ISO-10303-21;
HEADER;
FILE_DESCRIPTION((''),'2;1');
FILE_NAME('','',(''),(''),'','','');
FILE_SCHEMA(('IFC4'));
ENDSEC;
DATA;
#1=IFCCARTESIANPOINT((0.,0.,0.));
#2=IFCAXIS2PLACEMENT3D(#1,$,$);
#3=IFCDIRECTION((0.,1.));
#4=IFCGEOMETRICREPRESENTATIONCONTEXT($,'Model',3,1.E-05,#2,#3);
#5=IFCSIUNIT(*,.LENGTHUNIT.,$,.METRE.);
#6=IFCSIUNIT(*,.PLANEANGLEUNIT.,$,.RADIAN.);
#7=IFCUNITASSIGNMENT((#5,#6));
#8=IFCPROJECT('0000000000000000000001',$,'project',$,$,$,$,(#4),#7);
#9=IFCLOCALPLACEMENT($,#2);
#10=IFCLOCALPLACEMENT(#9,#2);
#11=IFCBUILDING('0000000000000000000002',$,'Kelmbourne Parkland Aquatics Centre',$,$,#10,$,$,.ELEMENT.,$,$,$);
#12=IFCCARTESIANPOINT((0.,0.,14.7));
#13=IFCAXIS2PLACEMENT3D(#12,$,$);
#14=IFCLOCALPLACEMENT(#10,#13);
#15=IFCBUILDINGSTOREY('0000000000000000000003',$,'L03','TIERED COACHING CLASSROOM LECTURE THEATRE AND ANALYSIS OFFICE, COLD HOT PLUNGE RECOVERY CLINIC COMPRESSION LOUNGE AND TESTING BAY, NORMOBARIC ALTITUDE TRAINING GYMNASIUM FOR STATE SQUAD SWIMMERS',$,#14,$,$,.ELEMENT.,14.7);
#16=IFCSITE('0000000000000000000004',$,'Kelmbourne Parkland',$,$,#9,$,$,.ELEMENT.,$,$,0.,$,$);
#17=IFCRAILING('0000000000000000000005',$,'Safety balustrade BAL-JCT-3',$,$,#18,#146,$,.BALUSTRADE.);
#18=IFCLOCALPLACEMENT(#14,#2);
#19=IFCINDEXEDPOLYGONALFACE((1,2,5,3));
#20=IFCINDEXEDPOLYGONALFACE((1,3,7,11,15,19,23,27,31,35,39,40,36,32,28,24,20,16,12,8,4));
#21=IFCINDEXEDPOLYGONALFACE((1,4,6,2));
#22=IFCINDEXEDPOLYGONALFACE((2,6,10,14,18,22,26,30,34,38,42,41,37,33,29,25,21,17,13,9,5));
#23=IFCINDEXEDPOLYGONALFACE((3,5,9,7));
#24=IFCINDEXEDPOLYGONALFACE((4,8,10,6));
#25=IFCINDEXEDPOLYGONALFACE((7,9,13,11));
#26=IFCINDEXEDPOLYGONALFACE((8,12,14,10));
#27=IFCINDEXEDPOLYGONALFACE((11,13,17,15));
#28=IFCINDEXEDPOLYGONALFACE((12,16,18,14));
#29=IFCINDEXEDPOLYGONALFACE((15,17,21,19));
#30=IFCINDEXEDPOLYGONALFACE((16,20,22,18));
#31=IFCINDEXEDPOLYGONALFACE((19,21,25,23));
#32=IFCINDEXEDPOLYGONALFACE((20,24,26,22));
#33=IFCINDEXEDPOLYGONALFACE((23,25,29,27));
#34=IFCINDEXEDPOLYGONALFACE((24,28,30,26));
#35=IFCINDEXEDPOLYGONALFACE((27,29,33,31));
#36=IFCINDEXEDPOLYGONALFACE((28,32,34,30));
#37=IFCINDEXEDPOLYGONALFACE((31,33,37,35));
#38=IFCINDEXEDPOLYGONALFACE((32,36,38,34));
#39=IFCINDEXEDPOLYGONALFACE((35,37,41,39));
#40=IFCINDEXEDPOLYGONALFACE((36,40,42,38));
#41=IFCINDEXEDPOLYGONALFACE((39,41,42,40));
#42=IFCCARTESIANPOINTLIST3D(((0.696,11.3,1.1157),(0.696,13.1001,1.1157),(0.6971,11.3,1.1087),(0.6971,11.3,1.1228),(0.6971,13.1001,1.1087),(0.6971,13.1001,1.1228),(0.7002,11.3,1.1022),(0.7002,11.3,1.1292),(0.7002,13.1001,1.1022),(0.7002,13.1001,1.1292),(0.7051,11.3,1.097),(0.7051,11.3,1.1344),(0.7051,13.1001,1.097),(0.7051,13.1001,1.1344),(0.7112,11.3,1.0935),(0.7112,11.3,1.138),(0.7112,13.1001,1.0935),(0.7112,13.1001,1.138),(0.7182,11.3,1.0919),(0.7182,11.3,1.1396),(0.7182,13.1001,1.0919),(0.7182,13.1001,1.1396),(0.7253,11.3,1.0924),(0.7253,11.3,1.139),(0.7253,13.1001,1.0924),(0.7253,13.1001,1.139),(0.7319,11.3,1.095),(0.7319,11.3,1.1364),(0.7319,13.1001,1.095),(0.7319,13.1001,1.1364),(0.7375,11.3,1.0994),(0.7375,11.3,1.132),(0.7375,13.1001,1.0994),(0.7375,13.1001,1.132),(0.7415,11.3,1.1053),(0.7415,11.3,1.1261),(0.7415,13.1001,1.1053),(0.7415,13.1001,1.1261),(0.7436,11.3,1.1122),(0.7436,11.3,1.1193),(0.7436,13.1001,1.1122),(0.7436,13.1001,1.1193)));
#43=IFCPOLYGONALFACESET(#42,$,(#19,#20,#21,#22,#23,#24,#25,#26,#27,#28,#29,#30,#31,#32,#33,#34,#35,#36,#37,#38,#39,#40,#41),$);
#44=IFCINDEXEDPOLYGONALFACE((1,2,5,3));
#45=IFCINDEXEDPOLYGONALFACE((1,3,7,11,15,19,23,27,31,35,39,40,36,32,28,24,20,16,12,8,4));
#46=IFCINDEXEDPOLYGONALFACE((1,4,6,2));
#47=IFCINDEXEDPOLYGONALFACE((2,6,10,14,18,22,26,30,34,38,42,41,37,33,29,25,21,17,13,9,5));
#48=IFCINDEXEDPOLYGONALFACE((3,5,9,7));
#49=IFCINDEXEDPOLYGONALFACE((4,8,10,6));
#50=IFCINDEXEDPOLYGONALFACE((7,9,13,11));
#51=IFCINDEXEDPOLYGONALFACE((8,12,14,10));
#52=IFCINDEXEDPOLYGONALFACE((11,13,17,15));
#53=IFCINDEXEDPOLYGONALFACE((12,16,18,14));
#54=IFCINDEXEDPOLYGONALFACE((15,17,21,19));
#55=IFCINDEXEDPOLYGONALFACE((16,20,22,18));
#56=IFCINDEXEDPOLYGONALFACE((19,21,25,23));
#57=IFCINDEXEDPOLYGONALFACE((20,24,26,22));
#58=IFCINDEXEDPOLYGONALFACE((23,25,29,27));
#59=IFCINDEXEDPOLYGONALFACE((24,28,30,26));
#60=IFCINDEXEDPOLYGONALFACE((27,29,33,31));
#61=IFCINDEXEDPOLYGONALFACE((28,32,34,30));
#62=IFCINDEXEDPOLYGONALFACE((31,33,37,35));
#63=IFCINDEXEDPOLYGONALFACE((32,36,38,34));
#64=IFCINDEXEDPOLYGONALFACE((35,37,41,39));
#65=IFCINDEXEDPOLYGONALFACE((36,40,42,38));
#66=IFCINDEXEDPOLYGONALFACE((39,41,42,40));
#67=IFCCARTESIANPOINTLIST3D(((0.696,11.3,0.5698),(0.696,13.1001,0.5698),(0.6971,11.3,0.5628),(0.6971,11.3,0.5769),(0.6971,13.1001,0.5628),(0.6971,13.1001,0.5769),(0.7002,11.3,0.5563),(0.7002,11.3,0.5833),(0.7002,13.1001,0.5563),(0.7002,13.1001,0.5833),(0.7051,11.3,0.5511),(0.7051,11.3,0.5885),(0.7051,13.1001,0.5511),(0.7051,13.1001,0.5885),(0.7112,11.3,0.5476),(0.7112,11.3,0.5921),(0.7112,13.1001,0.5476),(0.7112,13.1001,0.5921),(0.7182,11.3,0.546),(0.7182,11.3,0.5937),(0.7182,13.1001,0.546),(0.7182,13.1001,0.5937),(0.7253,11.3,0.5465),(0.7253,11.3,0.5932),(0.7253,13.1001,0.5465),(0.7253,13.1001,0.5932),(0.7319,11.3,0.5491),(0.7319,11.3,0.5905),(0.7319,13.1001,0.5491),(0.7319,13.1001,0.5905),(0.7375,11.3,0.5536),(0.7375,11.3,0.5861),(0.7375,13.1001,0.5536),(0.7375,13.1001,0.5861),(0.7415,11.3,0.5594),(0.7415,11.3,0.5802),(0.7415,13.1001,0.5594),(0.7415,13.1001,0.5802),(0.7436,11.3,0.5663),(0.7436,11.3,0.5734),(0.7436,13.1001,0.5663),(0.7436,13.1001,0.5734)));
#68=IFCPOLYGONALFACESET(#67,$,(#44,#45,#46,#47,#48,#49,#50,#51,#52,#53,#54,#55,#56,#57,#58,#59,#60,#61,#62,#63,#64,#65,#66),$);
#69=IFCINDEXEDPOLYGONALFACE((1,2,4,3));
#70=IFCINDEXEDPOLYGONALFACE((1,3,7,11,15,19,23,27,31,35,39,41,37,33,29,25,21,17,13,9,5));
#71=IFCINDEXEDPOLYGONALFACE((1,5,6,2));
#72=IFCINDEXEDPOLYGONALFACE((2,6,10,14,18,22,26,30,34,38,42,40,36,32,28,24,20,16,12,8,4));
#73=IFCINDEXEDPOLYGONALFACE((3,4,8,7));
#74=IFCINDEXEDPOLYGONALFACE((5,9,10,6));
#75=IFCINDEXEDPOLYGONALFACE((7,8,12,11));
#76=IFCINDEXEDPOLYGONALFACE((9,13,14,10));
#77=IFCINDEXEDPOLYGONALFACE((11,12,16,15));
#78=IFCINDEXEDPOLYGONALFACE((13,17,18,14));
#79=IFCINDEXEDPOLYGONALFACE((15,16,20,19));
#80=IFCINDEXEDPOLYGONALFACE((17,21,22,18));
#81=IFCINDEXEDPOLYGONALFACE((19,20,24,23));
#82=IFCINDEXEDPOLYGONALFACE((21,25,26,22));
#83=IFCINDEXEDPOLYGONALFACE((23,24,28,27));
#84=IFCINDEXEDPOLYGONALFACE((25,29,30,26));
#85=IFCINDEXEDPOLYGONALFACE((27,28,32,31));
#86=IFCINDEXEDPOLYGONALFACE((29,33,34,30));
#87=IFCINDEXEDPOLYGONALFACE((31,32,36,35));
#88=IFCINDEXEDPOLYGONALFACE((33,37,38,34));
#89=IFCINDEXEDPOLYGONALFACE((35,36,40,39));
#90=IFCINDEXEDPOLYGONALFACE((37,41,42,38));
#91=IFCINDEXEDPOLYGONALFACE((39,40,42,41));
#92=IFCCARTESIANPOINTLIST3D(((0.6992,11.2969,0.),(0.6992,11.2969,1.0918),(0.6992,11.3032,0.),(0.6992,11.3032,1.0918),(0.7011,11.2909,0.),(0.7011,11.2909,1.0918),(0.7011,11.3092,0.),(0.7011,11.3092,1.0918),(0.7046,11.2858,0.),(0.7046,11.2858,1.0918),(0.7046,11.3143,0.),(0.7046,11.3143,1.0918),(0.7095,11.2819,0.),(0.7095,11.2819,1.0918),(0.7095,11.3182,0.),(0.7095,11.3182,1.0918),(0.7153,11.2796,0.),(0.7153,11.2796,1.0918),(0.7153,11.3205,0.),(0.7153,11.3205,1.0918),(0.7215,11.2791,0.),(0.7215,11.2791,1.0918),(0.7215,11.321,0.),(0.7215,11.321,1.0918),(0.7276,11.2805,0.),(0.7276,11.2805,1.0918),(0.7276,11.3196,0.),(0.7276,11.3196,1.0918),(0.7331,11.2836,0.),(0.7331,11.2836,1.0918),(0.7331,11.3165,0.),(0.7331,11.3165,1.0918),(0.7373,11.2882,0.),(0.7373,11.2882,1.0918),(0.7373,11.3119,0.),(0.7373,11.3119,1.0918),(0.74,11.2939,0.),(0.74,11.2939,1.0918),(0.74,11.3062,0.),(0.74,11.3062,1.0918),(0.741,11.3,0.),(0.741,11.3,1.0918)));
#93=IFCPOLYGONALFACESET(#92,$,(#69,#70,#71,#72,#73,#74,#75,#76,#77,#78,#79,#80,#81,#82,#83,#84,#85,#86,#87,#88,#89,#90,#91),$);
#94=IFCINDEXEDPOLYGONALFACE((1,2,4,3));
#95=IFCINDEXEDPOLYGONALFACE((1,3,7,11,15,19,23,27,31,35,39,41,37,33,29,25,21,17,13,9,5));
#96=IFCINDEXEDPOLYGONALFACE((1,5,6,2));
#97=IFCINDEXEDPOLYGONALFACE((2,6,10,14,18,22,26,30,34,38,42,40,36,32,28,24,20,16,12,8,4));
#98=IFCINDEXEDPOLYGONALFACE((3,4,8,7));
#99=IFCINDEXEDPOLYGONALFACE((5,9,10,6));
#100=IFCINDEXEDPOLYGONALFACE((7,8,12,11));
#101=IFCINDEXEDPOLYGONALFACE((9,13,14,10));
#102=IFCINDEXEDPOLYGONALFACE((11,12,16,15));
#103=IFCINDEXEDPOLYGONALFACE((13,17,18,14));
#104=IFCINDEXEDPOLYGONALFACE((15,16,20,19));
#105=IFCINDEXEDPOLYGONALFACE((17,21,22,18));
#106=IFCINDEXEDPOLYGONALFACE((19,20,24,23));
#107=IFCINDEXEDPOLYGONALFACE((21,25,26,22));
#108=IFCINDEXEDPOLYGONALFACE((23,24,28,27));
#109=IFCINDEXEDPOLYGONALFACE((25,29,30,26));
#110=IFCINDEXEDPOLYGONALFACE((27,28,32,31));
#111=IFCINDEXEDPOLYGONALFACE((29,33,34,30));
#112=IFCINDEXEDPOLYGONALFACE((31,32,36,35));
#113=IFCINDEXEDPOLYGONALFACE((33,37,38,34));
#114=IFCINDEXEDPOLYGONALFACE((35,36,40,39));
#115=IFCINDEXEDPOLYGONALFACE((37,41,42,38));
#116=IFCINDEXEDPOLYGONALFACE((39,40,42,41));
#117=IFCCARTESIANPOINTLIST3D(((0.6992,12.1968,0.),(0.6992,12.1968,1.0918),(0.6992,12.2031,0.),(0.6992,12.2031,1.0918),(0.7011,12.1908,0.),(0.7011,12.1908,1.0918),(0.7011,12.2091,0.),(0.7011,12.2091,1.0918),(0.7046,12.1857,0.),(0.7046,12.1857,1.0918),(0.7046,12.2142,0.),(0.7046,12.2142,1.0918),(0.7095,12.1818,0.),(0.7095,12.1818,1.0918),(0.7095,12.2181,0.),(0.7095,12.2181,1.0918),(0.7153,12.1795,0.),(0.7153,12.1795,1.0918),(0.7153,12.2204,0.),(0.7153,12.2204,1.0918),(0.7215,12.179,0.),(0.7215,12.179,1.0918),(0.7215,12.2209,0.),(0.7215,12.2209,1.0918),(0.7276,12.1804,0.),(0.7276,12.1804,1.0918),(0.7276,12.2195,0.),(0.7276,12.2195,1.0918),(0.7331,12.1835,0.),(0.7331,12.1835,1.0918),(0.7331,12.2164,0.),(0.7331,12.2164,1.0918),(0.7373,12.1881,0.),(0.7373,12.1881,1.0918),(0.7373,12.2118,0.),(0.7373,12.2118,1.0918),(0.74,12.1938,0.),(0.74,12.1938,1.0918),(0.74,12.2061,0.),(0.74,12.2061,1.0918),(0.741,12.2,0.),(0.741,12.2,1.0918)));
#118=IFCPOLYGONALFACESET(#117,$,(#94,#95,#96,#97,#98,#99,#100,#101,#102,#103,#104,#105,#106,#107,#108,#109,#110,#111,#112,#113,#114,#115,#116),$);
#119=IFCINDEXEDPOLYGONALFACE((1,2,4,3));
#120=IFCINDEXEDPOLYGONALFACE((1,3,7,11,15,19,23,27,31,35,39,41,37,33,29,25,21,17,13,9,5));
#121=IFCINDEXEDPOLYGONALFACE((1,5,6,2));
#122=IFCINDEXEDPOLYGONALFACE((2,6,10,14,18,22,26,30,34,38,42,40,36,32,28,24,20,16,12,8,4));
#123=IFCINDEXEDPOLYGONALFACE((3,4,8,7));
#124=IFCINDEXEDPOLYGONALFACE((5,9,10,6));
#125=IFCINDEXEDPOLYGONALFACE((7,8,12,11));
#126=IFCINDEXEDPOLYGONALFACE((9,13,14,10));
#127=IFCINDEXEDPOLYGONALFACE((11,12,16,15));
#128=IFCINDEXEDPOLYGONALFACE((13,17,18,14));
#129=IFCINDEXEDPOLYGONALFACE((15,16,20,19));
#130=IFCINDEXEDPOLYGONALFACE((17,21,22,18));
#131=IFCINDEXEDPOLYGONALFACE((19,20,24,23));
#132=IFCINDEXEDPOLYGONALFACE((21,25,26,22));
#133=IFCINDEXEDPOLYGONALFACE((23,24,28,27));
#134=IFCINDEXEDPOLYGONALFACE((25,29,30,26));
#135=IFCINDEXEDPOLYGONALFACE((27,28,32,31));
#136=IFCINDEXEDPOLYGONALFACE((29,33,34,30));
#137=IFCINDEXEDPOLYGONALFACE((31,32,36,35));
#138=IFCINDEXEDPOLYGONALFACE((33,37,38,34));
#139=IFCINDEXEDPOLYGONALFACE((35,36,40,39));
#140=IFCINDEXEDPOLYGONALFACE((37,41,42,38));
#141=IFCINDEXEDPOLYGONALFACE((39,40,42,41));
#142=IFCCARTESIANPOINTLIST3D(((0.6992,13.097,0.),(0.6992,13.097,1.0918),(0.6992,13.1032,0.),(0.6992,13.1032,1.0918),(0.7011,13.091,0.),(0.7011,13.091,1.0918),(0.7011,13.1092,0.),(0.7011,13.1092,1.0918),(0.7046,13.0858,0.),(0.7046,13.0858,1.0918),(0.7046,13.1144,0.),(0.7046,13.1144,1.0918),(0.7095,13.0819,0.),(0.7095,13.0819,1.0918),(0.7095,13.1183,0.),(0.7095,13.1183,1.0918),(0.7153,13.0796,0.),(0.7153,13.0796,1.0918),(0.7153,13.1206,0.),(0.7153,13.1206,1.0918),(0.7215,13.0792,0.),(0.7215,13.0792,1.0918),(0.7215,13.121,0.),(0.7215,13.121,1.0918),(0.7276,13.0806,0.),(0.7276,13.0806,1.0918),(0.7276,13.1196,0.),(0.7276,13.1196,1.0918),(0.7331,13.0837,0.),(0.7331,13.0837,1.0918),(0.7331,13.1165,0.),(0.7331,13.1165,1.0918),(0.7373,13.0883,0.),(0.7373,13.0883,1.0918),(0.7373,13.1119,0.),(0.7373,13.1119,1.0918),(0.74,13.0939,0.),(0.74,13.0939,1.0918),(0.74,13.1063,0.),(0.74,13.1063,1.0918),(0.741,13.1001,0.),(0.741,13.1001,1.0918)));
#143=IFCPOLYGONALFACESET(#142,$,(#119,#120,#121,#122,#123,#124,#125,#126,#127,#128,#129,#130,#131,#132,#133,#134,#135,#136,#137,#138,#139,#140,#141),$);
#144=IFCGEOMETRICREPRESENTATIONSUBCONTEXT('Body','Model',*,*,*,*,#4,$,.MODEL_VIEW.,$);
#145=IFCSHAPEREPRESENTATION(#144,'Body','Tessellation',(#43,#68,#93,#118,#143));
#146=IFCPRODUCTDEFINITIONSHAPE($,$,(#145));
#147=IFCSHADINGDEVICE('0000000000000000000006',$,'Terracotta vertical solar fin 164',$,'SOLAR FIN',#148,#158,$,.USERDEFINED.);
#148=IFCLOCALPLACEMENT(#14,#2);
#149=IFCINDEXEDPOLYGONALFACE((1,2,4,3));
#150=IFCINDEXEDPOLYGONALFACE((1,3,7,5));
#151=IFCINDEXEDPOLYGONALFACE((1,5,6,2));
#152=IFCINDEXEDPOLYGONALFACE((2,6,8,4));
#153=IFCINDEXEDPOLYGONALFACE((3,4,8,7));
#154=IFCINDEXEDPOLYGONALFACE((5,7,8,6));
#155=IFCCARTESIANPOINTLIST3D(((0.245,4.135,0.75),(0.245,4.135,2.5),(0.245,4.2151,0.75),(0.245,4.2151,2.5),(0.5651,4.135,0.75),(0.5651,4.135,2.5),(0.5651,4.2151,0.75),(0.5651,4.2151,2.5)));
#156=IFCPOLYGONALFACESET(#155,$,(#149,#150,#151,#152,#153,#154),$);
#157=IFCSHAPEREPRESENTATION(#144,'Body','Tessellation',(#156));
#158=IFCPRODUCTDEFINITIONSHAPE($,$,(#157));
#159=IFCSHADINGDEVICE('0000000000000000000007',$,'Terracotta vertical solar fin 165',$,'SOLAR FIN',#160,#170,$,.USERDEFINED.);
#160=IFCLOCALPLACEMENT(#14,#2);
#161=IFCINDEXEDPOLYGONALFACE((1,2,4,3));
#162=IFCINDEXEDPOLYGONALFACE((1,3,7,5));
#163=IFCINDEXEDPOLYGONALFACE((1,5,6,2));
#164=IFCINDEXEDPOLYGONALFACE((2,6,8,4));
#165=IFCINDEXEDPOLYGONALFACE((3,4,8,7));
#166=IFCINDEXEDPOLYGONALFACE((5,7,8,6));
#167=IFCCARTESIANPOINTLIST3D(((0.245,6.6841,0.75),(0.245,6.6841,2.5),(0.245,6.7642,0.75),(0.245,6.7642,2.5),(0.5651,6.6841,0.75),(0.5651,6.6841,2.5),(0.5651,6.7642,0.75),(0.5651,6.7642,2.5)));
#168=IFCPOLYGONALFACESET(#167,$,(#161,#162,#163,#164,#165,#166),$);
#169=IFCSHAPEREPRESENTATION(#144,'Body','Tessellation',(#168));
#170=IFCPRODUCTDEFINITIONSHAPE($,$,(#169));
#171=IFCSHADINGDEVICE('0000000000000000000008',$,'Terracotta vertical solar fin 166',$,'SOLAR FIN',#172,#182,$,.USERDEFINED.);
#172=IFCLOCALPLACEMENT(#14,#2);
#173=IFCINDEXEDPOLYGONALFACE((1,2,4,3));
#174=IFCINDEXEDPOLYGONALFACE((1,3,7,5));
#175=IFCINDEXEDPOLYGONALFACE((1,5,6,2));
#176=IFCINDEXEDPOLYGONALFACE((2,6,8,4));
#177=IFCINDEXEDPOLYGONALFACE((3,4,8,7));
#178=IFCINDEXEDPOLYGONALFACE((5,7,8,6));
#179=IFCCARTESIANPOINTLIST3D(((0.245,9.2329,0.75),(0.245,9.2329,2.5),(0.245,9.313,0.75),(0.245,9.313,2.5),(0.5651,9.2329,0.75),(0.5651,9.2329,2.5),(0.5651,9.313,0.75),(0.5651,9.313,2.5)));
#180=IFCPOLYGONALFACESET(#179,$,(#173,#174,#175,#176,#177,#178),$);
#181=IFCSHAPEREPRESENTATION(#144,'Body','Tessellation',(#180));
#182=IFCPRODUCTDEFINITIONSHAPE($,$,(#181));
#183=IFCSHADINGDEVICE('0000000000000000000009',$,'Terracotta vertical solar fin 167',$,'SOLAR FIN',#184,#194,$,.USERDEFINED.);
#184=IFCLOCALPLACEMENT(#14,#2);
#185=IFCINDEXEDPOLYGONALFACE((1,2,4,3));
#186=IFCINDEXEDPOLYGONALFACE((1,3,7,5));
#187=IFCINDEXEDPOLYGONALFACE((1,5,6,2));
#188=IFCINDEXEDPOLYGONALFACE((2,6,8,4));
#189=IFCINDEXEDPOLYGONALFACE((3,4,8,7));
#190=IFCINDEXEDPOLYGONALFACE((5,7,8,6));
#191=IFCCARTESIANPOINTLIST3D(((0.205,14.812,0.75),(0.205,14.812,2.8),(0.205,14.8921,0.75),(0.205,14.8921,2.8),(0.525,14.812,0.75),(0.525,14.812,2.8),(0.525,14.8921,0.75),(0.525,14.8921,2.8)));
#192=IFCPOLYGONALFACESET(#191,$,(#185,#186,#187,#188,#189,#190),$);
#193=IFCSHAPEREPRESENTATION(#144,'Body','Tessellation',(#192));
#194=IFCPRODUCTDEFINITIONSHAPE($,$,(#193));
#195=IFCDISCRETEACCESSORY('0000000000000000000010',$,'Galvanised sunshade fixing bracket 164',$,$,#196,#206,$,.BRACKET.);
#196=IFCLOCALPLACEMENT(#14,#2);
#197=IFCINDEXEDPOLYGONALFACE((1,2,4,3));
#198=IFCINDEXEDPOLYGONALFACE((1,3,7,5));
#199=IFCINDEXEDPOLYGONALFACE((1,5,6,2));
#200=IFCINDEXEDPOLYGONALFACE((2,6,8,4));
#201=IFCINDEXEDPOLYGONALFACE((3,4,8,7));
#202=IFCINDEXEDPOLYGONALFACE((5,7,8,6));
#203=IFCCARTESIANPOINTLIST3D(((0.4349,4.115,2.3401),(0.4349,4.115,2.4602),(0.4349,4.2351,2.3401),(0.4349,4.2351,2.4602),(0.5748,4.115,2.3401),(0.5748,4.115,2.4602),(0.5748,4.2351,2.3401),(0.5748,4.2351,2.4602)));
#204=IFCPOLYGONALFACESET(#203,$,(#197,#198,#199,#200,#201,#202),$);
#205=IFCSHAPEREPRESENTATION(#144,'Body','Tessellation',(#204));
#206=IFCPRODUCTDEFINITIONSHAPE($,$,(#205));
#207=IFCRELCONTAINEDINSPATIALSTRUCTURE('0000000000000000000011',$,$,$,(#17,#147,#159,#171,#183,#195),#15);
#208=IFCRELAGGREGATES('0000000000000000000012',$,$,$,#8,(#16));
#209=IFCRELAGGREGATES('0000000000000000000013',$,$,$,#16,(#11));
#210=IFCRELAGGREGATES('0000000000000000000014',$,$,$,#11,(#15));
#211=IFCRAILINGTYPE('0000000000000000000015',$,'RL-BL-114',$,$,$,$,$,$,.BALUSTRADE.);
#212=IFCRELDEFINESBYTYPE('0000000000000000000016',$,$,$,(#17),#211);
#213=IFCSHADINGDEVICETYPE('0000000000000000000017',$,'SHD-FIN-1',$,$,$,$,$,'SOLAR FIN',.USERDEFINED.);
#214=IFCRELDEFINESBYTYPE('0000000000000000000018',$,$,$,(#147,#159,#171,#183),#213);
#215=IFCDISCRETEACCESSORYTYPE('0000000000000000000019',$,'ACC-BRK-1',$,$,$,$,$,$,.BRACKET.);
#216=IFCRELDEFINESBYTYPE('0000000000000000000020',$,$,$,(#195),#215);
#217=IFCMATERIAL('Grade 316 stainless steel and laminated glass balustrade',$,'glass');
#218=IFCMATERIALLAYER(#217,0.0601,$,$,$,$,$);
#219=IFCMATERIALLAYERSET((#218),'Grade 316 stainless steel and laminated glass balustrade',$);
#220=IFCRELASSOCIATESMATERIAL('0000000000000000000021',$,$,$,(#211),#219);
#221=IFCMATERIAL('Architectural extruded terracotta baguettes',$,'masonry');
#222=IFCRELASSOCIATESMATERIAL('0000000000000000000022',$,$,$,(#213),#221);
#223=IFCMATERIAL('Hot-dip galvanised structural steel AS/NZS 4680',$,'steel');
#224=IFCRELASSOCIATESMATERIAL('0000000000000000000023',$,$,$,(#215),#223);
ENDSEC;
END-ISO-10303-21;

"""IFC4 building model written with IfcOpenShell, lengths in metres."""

from ifc_helpers import new_model, si_unit, direction, frame, origin, origin_2d, place, context, subcontext, project, spatial, rectangle, circle, extrude, material, layer, layer_set, type_object, element, save


model = new_model("IFC4")

# Units and contexts
model_context = context("Model", 3, precision=1e-05, world=origin(), true_north=direction((0.0, 1.0)))
body_context = subcontext(model_context, "Body", "Model", "MODEL_VIEW")
ifc_project = project(units=[si_unit("LENGTHUNIT", "METRE"), si_unit("PLANEANGLEUNIT", "RADIAN")], contexts=[model_context])

# Site, building, storey
site_placement = place(None, origin())
site = spatial("IfcSite", under=ifc_project, at=site_placement, Name="Kelmbourne Parkland", CompositionType="ELEMENT", RefElevation=0.0)
building_placement = place(site_placement, origin())
building = spatial("IfcBuilding", under=site, at=building_placement, Name="Kelmbourne Parkland Aquatics Centre", CompositionType="ELEMENT")
storey_placement = place(building_placement, frame((0.0, 0.0, 14.7)))
storey = spatial("IfcBuildingStorey", under=building, at=storey_placement, Name="L03", Description="TIERED COACHING CLASSROOM LECTURE THEATRE AND ANALYSIS OFFICE, COLD HOT PLUNGE RECOVERY CLINIC COMPRESSION LOUNGE AND TESTING BAY, NORMOBARIC ALTITUDE TRAINING GYMNASIUM FOR STATE SQUAD SWIMMERS", CompositionType="ELEMENT", Elevation=14.7)

# Railing
ifc_material_1 = material(Name="Grade 316 stainless steel and laminated glass balustrade", Category="glass")
ifc_layer_1 = layer(ifc_material_1, 0.0601)
ifc_layer_set_1 = layer_set([ifc_layer_1], Name="Grade 316 stainless steel and laminated glass balustrade")
railing_type = type_object("IfcRailingType", Name="RL-BL-114", PredefinedType="BALUSTRADE", material=ifc_layer_set_1)
railing_placement = place(storey_placement, frame((0.72, 11.3, 0.0)))
element("IfcRailing", 1, at=railing_placement, inside=storey, type_object=railing_type, Name="Safety balustrade BAL-JCT-3", PredefinedType="BALUSTRADE", context=body_context, shape_type="SweptSolid", body=[
    extrude(circle(Radius=0.0239, at=origin_2d()), frame((0.0, 0.0, 1.1157), z_axis=(0.0, 1.0, 0.0), x_axis=(-1.0, 0.0, 0.0)), (0.0, 0.0, 1.0), 1.8),
    extrude(circle(Radius=0.0239, at=origin_2d()), frame((0.0, 0.0, 0.5698), z_axis=(0.0, 1.0, 0.0), x_axis=(-1.0, 0.0, 0.0)), (0.0, 0.0, 1.0), 1.8),
    extrude(circle(Radius=0.021, at=origin_2d()), origin(), (0.0, 0.0, 1.0), 1.0918),
    extrude(circle(Radius=0.021, at=origin_2d()), frame((0.0, 0.8999, 0.0)), (0.0, 0.0, 1.0), 1.0918),
    extrude(circle(Radius=0.021, at=origin_2d()), frame((0.0, 1.8, 0.0)), (0.0, 0.0, 1.0), 1.0918),
])

# Shading devices
ifc_material_2 = material(Name="Architectural extruded terracotta baguettes", Category="masonry")
shading_device_type = type_object("IfcShadingDeviceType", Name="SHD-FIN-1", ElementType="SOLAR FIN", PredefinedType="USERDEFINED", material=ifc_material_2)
for number, where, z_axis, x_axis, name in (
    (2, (0.405, 4.175, 0.75), (0.0, 0.0, 1.0), (0.0, 1.0, 0.0), "Terracotta vertical solar fin 164"),
    (3, (0.405, 6.7241, 0.75), (0.0, 0.0, 1.0), (0.0, 1.0, 0.0), "Terracotta vertical solar fin 165"),
    (4, (0.405, 9.2729, 0.75), (0.0, 0.0, 1.0), (0.0, 1.0, 0.0), "Terracotta vertical solar fin 166"),
):
    element("IfcShadingDevice", number, at=place(storey_placement, frame(where, z_axis=z_axis, x_axis=x_axis)), inside=storey, type_object=shading_device_type, Name=name, ObjectType="SOLAR FIN", PredefinedType="USERDEFINED", context=body_context, shape_type="SweptSolid", body=[
        extrude(rectangle(XDim=0.0801, YDim=0.3201, at=origin_2d()), origin(), (0.0, 0.0, 1.0), 1.75),
    ])
shading_device_placement = place(storey_placement, frame((0.365, 14.8521, 0.75), z_axis=(0.0, 0.0, 1.0), x_axis=(0.0, 1.0, 0.0)))
element("IfcShadingDevice", 5, at=shading_device_placement, inside=storey, type_object=shading_device_type, Name="Terracotta vertical solar fin 167", ObjectType="SOLAR FIN", PredefinedType="USERDEFINED", context=body_context, shape_type="SweptSolid", body=[
    extrude(rectangle(XDim=0.0801, YDim=0.3201, at=origin_2d()), origin(), (0.0, 0.0, 1.0), 2.05),
])

# Discrete accessory
ifc_material_3 = material(Name="Hot-dip galvanised structural steel AS/NZS 4680", Category="steel")
discrete_accessory_type = type_object("IfcDiscreteAccessoryType", Name="ACC-BRK-1", PredefinedType="BRACKET", material=ifc_material_3)
for number, where, z_axis, x_axis, name in (
    (6, (0.5049, 4.175, 2.3401), (0.0, 0.0, 1.0), (0.0, 1.0, 0.0), "Galvanised sunshade fixing bracket 164"),
):
    element("IfcDiscreteAccessory", number, at=place(storey_placement, frame(where, z_axis=z_axis, x_axis=x_axis)), inside=storey, type_object=discrete_accessory_type, Name=name, PredefinedType="BRACKET", context=body_context, shape_type="SweptSolid", body=[
        extrude(rectangle(XDim=0.1201, YDim=0.1399, at=origin_2d()), origin(), (0.0, 0.0, 1.0), 0.1201),
    ])

save(model, "model.ifc")
